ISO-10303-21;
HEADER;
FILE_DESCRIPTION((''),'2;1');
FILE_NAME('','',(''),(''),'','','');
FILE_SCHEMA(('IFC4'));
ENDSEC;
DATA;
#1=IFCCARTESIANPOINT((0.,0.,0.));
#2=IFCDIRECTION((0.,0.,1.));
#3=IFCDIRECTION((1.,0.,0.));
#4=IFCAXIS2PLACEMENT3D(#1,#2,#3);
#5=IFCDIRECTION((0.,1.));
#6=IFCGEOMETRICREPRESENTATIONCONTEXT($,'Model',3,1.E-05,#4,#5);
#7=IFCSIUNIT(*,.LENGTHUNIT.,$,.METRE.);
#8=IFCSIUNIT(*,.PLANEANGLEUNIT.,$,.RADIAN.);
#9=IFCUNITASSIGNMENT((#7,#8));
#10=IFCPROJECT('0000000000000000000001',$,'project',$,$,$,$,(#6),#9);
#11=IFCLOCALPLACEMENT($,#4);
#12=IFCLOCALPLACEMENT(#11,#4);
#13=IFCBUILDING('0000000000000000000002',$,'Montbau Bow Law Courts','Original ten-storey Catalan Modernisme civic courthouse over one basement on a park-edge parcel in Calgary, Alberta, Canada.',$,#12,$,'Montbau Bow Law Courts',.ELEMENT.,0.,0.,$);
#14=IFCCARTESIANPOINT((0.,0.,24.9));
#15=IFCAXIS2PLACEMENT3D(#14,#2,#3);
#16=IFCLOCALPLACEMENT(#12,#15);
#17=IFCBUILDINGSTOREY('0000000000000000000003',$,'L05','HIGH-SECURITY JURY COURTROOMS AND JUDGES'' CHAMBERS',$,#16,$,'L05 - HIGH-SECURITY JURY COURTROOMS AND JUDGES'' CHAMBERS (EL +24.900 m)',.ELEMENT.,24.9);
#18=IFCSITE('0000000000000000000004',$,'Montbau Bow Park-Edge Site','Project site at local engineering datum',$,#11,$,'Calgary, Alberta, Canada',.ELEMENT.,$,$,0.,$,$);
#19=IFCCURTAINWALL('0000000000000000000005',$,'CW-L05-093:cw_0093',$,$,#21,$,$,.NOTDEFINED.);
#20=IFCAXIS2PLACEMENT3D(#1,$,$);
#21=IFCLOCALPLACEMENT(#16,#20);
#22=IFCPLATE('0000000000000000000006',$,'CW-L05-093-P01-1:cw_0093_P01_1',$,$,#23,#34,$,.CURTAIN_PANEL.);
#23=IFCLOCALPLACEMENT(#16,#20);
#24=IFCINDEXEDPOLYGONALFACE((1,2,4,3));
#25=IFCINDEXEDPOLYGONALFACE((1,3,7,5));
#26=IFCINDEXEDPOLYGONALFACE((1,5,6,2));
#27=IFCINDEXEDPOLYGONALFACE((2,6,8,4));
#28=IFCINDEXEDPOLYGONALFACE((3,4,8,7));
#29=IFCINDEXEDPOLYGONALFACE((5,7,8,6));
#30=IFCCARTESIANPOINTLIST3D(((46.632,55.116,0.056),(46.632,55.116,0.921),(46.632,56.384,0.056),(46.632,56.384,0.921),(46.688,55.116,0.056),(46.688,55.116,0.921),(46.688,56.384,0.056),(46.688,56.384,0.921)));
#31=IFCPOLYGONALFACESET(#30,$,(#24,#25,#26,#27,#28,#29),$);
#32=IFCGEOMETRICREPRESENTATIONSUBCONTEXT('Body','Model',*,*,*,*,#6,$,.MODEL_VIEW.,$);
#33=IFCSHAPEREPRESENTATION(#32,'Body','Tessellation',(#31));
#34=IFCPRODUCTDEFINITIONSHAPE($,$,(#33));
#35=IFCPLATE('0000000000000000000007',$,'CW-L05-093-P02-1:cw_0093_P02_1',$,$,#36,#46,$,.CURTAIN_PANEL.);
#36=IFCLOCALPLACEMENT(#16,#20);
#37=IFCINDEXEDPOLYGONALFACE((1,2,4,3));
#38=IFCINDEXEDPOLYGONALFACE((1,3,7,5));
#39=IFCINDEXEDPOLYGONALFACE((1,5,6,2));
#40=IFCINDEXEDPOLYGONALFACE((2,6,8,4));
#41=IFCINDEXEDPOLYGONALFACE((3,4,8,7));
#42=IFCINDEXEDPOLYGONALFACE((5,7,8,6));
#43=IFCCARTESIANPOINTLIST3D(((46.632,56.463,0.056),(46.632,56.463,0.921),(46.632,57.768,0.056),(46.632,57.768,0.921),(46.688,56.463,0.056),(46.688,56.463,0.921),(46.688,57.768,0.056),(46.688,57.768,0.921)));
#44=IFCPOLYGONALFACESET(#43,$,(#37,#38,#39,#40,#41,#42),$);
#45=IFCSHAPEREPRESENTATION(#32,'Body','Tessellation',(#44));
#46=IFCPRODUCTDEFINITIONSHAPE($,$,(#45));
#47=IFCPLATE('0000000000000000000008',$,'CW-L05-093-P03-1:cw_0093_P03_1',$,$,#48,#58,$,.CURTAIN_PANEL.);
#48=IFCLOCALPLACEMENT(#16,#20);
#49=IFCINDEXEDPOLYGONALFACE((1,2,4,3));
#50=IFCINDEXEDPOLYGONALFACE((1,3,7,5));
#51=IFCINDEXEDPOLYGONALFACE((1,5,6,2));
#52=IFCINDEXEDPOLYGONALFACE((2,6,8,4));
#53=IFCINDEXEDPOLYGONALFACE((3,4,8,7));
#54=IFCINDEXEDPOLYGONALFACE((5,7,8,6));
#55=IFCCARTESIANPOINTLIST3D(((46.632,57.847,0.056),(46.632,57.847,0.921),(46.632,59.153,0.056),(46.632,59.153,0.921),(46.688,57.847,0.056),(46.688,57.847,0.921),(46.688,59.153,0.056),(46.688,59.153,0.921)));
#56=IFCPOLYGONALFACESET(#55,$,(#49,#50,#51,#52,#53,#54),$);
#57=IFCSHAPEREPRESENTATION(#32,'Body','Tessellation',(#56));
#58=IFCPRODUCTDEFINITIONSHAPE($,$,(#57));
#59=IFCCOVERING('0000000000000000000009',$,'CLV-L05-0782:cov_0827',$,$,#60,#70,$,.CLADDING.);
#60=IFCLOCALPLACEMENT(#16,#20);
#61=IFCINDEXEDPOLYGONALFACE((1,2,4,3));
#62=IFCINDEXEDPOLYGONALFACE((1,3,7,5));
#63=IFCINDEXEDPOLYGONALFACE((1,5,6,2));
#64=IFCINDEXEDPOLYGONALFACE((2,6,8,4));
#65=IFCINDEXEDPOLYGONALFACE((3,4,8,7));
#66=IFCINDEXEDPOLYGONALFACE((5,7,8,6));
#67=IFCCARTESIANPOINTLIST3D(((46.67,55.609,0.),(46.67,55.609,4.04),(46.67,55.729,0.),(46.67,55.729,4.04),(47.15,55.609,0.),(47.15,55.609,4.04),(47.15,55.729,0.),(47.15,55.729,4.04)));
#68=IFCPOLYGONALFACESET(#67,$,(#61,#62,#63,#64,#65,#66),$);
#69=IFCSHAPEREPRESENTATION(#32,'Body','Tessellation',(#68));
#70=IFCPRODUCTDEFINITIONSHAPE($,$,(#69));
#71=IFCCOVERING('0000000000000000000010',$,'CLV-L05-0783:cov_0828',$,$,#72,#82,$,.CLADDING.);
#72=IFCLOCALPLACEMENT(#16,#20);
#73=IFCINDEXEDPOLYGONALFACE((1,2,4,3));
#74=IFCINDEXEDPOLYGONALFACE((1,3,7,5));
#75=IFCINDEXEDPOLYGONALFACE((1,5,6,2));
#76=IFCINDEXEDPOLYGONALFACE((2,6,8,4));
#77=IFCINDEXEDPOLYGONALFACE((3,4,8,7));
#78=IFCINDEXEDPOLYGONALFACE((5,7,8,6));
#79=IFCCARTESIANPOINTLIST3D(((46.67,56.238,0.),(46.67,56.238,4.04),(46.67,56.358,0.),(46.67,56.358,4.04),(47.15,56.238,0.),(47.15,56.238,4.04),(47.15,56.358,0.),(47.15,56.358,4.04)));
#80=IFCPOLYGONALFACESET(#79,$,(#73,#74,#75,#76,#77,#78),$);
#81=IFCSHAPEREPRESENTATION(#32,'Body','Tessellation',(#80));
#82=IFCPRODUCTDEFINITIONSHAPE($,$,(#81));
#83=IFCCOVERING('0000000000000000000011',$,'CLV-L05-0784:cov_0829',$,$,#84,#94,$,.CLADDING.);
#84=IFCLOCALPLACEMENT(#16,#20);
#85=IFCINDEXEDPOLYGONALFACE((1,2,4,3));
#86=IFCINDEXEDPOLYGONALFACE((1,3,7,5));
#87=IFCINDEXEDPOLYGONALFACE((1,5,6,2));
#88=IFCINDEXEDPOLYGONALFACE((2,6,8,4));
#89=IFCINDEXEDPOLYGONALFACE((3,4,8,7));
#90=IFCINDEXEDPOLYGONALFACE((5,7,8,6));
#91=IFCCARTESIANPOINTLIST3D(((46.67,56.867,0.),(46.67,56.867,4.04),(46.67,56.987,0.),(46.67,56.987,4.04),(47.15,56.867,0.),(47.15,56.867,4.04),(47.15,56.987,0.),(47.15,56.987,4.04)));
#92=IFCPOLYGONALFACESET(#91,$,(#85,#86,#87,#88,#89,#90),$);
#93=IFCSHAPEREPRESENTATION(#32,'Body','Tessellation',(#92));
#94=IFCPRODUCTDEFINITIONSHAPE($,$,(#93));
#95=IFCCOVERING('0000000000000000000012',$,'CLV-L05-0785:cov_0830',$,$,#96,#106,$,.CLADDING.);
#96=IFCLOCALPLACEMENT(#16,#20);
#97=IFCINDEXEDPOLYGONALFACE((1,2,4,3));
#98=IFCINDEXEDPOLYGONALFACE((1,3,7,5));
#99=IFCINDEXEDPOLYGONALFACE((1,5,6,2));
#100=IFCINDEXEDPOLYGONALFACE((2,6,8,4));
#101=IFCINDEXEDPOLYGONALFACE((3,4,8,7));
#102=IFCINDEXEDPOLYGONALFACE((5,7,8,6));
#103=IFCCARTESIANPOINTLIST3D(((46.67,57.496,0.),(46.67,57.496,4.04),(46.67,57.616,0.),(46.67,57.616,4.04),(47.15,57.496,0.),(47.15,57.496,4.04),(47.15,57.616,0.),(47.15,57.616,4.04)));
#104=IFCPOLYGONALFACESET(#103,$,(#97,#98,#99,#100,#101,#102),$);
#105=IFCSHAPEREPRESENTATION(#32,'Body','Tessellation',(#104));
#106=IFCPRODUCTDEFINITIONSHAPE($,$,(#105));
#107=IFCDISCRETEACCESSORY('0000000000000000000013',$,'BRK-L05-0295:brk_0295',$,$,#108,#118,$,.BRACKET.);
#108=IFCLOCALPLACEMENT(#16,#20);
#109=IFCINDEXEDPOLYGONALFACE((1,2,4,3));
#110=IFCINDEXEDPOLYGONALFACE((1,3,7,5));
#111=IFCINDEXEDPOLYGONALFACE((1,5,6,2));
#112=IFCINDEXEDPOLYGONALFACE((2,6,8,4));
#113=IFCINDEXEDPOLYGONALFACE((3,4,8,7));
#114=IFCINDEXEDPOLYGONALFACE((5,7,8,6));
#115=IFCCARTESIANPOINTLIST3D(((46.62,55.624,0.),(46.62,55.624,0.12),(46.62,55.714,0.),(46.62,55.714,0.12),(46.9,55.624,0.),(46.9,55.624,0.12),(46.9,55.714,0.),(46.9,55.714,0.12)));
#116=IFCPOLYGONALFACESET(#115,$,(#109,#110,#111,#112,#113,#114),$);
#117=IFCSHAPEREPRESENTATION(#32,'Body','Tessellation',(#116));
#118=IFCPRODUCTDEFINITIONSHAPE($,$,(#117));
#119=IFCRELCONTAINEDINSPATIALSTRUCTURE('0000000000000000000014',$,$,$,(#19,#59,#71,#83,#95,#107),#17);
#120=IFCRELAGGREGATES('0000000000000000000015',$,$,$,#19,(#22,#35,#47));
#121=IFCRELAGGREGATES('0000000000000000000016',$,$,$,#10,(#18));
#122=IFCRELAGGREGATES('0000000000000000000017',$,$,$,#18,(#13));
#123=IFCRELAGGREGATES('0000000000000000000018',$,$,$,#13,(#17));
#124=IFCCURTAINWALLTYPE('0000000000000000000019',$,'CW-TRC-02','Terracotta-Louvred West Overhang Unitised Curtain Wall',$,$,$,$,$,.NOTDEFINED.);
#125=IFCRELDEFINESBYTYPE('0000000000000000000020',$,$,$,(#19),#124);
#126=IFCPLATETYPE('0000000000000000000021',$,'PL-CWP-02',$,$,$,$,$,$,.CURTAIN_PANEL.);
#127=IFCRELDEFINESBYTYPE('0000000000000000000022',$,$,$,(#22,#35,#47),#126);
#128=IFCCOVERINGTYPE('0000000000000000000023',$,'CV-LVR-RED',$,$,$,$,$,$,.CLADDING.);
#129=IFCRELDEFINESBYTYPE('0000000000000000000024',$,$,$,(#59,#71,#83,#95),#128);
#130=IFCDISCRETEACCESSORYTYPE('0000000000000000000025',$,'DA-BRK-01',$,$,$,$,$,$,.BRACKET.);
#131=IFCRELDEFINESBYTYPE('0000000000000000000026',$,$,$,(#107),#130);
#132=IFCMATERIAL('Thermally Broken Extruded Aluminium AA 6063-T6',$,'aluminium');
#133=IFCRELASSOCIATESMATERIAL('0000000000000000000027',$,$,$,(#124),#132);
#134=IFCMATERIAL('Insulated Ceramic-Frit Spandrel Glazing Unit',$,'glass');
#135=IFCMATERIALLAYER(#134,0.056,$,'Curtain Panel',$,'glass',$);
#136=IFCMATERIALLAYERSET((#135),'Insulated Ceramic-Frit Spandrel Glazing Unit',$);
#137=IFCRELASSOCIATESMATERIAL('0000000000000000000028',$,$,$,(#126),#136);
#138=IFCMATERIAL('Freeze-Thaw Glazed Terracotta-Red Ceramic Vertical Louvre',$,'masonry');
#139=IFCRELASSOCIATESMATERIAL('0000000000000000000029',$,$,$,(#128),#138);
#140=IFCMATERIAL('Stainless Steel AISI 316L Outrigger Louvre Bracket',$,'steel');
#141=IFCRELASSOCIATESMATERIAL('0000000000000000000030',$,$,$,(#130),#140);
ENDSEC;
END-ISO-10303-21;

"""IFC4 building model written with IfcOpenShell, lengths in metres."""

from ifc_helpers import new_model, si_unit, direction, frame, frame_2d, origin_with_axes, origin_2d_with_axis, place, context, subcontext, project, spatial, rectangle, extrude, material, layer, layer_set, type_object, element, aggregate, save


model = new_model("IFC4")

# Units and contexts
model_context = context("Model", 3, precision=1e-05, world=origin_with_axes(), true_north=direction((0.0, 1.0)))
body_context = subcontext(model_context, "Body", "Model", "MODEL_VIEW")
ifc_project = project(units=[si_unit("LENGTHUNIT", "METRE"), si_unit("PLANEANGLEUNIT", "RADIAN")], contexts=[model_context])

# Site, building, storey
site_placement = place(None, origin_with_axes())
site = spatial("IfcSite", under=ifc_project, at=site_placement, Name="Montbau Bow Park-Edge Site", Description="Project site at local engineering datum", LongName="Calgary, Alberta, Canada", CompositionType="ELEMENT", RefElevation=0.0)
building_placement = place(site_placement, origin_with_axes())
building = spatial("IfcBuilding", under=site, at=building_placement, Name="Montbau Bow Law Courts", Description="Original ten-storey Catalan Modernisme civic courthouse over one basement on a park-edge parcel in Calgary, Alberta, Canada.", LongName="Montbau Bow Law Courts", CompositionType="ELEMENT", ElevationOfRefHeight=0.0, ElevationOfTerrain=0.0)
storey_placement = place(building_placement, frame((0.0, 0.0, 24.9), z_axis=(0.0, 0.0, 1.0), x_axis=(1.0, 0.0, 0.0)))
storey = spatial("IfcBuildingStorey", under=building, at=storey_placement, Name="L05", Description="HIGH-SECURITY JURY COURTROOMS AND JUDGES' CHAMBERS", LongName="L05 - HIGH-SECURITY JURY COURTROOMS AND JUDGES' CHAMBERS (EL +24.900 m)", CompositionType="ELEMENT", Elevation=24.9)

# Curtain wall, plates
ifc_material_1 = material(Name="Thermally Broken Extruded Aluminium AA 6063-T6", Category="aluminium")
curtain_wall_type = type_object("IfcCurtainWallType", Name="CW-TRC-02", Description="Terracotta-Louvred West Overhang Unitised Curtain Wall", PredefinedType="NOTDEFINED", material=ifc_material_1)
curtain_wall_placement = place(None, frame((46.66, 55.04, 24.9), z_axis=(0.0, 0.0, 1.0), x_axis=(1.0, 0.0, 0.0)))
curtain_wall = element("IfcCurtainWall", 1, at=curtain_wall_placement, inside=storey, type_object=curtain_wall_type, Name="CW-L05-093:cw_0093", PredefinedType="NOTDEFINED")
ifc_material_2 = material(Name="Insulated Ceramic-Frit Spandrel Glazing Unit", Category="glass")
ifc_layer_1 = layer(ifc_material_2, 0.056, Name="Curtain Panel", Category="glass")
ifc_layer_set_1 = layer_set([ifc_layer_1], Name="Insulated Ceramic-Frit Spandrel Glazing Unit")
plate_type_1 = type_object("IfcPlateType", Name="PL-CWP-02", PredefinedType="CURTAIN_PANEL", material=ifc_layer_set_1)
plate_1_placement = place(None, frame((46.66, 55.116, 24.956), z_axis=(1.0, 0.0, 0.0), x_axis=(0.0, 1.0, 0.0)))
plate_1 = element("IfcPlate", 2, at=plate_1_placement, type_object=plate_type_1, Name="CW-L05-093-P01-1:cw_0093_P01_1", PredefinedType="CURTAIN_PANEL", context=body_context, shape_type="SweptSolid", body=[
    extrude(rectangle(XDim=1.268, YDim=0.865, at=frame_2d((0.634, 0.4325), x_axis=(1.0, 0.0))), frame((0.0, 0.0, -0.028), z_axis=(0.0, 0.0, 1.0), x_axis=(1.0, 0.0, 0.0)), (0.0, 0.0, 1.0), 0.056),
])
plate_2_placement = place(None, frame((46.66, 56.463, 24.956), z_axis=(1.0, 0.0, 0.0), x_axis=(0.0, 1.0, 0.0)))
plate_2 = element("IfcPlate", 3, at=plate_2_placement, type_object=plate_type_1, Name="CW-L05-093-P02-1:cw_0093_P02_1", PredefinedType="CURTAIN_PANEL", context=body_context, shape_type="SweptSolid", body=[
    extrude(rectangle(XDim=1.305, YDim=0.865, at=frame_2d((0.6525, 0.4325), x_axis=(1.0, 0.0))), frame((0.0, 0.0, -0.028), z_axis=(0.0, 0.0, 1.0), x_axis=(1.0, 0.0, 0.0)), (0.0, 0.0, 1.0), 0.056),
])
plate_3_placement = place(None, frame((46.66, 57.847, 24.956), z_axis=(1.0, 0.0, 0.0), x_axis=(0.0, 1.0, 0.0)))
plate_3 = element("IfcPlate", 4, at=plate_3_placement, type_object=plate_type_1, Name="CW-L05-093-P03-1:cw_0093_P03_1", PredefinedType="CURTAIN_PANEL", context=body_context, shape_type="SweptSolid", body=[
    extrude(rectangle(XDim=1.306, YDim=0.865, at=frame_2d((0.653, 0.4325), x_axis=(1.0, 0.0))), frame((0.0, 0.0, -0.028), z_axis=(0.0, 0.0, 1.0), x_axis=(1.0, 0.0, 0.0)), (0.0, 0.0, 1.0), 0.056),
])
aggregate(curtain_wall, [plate_1, plate_2, plate_3])

# Coverings
ifc_material_3 = material(Name="Freeze-Thaw Glazed Terracotta-Red Ceramic Vertical Louvre", Category="masonry")
covering_type = type_object("IfcCoveringType", Name="CV-LVR-RED", PredefinedType="CLADDING", material=ifc_material_3)
for number, where, z_axis, x_axis, name in (
    (5, (46.67, 55.669, 24.9), (0.0, -1.0, 0.0), (1.0, 0.0, 0.0), "CLV-L05-0782:cov_0827"),
    (6, (46.67, 56.298, 24.9), (0.0, -1.0, 0.0), (1.0, 0.0, 0.0), "CLV-L05-0783:cov_0828"),
    (7, (46.67, 56.927, 24.9), (0.0, -1.0, 0.0), (1.0, 0.0, 0.0), "CLV-L05-0784:cov_0829"),
    (8, (46.67, 57.556, 24.9), (0.0, -1.0, 0.0), (1.0, 0.0, 0.0), "CLV-L05-0785:cov_0830"),
):
    element("IfcCovering", number, at=place(None, frame(where, z_axis=z_axis, x_axis=x_axis)), inside=storey, type_object=covering_type, Name=name, PredefinedType="CLADDING", context=body_context, shape_type="SweptSolid", body=[
        extrude(rectangle(XDim=0.48, YDim=4.04, at=frame_2d((0.24, 2.02), x_axis=(1.0, 0.0))), frame((0.0, 0.0, -0.06), z_axis=(0.0, 0.0, 1.0), x_axis=(1.0, 0.0, 0.0)), (0.0, 0.0, 1.0), 0.12),
    ])

# Discrete accessory
ifc_material_4 = material(Name="Stainless Steel AISI 316L Outrigger Louvre Bracket", Category="steel")
discrete_accessory_type = type_object("IfcDiscreteAccessoryType", Name="DA-BRK-01", PredefinedType="BRACKET", material=ifc_material_4)
discrete_accessory_placement = place(None, frame((46.76, 55.669, 24.9), z_axis=(0.0, 0.0, 1.0), x_axis=(1.0, 0.0, 0.0)))
element("IfcDiscreteAccessory", 9, at=discrete_accessory_placement, inside=storey, type_object=discrete_accessory_type, Name="BRK-L05-0295:brk_0295", PredefinedType="BRACKET", context=body_context, shape_type="SweptSolid", body=[
    extrude(rectangle(XDim=0.28, YDim=0.09, at=origin_2d_with_axis()), origin_with_axes(), (0.0, 0.0, 1.0), 0.12),
])

save(model, "model.ifc")
